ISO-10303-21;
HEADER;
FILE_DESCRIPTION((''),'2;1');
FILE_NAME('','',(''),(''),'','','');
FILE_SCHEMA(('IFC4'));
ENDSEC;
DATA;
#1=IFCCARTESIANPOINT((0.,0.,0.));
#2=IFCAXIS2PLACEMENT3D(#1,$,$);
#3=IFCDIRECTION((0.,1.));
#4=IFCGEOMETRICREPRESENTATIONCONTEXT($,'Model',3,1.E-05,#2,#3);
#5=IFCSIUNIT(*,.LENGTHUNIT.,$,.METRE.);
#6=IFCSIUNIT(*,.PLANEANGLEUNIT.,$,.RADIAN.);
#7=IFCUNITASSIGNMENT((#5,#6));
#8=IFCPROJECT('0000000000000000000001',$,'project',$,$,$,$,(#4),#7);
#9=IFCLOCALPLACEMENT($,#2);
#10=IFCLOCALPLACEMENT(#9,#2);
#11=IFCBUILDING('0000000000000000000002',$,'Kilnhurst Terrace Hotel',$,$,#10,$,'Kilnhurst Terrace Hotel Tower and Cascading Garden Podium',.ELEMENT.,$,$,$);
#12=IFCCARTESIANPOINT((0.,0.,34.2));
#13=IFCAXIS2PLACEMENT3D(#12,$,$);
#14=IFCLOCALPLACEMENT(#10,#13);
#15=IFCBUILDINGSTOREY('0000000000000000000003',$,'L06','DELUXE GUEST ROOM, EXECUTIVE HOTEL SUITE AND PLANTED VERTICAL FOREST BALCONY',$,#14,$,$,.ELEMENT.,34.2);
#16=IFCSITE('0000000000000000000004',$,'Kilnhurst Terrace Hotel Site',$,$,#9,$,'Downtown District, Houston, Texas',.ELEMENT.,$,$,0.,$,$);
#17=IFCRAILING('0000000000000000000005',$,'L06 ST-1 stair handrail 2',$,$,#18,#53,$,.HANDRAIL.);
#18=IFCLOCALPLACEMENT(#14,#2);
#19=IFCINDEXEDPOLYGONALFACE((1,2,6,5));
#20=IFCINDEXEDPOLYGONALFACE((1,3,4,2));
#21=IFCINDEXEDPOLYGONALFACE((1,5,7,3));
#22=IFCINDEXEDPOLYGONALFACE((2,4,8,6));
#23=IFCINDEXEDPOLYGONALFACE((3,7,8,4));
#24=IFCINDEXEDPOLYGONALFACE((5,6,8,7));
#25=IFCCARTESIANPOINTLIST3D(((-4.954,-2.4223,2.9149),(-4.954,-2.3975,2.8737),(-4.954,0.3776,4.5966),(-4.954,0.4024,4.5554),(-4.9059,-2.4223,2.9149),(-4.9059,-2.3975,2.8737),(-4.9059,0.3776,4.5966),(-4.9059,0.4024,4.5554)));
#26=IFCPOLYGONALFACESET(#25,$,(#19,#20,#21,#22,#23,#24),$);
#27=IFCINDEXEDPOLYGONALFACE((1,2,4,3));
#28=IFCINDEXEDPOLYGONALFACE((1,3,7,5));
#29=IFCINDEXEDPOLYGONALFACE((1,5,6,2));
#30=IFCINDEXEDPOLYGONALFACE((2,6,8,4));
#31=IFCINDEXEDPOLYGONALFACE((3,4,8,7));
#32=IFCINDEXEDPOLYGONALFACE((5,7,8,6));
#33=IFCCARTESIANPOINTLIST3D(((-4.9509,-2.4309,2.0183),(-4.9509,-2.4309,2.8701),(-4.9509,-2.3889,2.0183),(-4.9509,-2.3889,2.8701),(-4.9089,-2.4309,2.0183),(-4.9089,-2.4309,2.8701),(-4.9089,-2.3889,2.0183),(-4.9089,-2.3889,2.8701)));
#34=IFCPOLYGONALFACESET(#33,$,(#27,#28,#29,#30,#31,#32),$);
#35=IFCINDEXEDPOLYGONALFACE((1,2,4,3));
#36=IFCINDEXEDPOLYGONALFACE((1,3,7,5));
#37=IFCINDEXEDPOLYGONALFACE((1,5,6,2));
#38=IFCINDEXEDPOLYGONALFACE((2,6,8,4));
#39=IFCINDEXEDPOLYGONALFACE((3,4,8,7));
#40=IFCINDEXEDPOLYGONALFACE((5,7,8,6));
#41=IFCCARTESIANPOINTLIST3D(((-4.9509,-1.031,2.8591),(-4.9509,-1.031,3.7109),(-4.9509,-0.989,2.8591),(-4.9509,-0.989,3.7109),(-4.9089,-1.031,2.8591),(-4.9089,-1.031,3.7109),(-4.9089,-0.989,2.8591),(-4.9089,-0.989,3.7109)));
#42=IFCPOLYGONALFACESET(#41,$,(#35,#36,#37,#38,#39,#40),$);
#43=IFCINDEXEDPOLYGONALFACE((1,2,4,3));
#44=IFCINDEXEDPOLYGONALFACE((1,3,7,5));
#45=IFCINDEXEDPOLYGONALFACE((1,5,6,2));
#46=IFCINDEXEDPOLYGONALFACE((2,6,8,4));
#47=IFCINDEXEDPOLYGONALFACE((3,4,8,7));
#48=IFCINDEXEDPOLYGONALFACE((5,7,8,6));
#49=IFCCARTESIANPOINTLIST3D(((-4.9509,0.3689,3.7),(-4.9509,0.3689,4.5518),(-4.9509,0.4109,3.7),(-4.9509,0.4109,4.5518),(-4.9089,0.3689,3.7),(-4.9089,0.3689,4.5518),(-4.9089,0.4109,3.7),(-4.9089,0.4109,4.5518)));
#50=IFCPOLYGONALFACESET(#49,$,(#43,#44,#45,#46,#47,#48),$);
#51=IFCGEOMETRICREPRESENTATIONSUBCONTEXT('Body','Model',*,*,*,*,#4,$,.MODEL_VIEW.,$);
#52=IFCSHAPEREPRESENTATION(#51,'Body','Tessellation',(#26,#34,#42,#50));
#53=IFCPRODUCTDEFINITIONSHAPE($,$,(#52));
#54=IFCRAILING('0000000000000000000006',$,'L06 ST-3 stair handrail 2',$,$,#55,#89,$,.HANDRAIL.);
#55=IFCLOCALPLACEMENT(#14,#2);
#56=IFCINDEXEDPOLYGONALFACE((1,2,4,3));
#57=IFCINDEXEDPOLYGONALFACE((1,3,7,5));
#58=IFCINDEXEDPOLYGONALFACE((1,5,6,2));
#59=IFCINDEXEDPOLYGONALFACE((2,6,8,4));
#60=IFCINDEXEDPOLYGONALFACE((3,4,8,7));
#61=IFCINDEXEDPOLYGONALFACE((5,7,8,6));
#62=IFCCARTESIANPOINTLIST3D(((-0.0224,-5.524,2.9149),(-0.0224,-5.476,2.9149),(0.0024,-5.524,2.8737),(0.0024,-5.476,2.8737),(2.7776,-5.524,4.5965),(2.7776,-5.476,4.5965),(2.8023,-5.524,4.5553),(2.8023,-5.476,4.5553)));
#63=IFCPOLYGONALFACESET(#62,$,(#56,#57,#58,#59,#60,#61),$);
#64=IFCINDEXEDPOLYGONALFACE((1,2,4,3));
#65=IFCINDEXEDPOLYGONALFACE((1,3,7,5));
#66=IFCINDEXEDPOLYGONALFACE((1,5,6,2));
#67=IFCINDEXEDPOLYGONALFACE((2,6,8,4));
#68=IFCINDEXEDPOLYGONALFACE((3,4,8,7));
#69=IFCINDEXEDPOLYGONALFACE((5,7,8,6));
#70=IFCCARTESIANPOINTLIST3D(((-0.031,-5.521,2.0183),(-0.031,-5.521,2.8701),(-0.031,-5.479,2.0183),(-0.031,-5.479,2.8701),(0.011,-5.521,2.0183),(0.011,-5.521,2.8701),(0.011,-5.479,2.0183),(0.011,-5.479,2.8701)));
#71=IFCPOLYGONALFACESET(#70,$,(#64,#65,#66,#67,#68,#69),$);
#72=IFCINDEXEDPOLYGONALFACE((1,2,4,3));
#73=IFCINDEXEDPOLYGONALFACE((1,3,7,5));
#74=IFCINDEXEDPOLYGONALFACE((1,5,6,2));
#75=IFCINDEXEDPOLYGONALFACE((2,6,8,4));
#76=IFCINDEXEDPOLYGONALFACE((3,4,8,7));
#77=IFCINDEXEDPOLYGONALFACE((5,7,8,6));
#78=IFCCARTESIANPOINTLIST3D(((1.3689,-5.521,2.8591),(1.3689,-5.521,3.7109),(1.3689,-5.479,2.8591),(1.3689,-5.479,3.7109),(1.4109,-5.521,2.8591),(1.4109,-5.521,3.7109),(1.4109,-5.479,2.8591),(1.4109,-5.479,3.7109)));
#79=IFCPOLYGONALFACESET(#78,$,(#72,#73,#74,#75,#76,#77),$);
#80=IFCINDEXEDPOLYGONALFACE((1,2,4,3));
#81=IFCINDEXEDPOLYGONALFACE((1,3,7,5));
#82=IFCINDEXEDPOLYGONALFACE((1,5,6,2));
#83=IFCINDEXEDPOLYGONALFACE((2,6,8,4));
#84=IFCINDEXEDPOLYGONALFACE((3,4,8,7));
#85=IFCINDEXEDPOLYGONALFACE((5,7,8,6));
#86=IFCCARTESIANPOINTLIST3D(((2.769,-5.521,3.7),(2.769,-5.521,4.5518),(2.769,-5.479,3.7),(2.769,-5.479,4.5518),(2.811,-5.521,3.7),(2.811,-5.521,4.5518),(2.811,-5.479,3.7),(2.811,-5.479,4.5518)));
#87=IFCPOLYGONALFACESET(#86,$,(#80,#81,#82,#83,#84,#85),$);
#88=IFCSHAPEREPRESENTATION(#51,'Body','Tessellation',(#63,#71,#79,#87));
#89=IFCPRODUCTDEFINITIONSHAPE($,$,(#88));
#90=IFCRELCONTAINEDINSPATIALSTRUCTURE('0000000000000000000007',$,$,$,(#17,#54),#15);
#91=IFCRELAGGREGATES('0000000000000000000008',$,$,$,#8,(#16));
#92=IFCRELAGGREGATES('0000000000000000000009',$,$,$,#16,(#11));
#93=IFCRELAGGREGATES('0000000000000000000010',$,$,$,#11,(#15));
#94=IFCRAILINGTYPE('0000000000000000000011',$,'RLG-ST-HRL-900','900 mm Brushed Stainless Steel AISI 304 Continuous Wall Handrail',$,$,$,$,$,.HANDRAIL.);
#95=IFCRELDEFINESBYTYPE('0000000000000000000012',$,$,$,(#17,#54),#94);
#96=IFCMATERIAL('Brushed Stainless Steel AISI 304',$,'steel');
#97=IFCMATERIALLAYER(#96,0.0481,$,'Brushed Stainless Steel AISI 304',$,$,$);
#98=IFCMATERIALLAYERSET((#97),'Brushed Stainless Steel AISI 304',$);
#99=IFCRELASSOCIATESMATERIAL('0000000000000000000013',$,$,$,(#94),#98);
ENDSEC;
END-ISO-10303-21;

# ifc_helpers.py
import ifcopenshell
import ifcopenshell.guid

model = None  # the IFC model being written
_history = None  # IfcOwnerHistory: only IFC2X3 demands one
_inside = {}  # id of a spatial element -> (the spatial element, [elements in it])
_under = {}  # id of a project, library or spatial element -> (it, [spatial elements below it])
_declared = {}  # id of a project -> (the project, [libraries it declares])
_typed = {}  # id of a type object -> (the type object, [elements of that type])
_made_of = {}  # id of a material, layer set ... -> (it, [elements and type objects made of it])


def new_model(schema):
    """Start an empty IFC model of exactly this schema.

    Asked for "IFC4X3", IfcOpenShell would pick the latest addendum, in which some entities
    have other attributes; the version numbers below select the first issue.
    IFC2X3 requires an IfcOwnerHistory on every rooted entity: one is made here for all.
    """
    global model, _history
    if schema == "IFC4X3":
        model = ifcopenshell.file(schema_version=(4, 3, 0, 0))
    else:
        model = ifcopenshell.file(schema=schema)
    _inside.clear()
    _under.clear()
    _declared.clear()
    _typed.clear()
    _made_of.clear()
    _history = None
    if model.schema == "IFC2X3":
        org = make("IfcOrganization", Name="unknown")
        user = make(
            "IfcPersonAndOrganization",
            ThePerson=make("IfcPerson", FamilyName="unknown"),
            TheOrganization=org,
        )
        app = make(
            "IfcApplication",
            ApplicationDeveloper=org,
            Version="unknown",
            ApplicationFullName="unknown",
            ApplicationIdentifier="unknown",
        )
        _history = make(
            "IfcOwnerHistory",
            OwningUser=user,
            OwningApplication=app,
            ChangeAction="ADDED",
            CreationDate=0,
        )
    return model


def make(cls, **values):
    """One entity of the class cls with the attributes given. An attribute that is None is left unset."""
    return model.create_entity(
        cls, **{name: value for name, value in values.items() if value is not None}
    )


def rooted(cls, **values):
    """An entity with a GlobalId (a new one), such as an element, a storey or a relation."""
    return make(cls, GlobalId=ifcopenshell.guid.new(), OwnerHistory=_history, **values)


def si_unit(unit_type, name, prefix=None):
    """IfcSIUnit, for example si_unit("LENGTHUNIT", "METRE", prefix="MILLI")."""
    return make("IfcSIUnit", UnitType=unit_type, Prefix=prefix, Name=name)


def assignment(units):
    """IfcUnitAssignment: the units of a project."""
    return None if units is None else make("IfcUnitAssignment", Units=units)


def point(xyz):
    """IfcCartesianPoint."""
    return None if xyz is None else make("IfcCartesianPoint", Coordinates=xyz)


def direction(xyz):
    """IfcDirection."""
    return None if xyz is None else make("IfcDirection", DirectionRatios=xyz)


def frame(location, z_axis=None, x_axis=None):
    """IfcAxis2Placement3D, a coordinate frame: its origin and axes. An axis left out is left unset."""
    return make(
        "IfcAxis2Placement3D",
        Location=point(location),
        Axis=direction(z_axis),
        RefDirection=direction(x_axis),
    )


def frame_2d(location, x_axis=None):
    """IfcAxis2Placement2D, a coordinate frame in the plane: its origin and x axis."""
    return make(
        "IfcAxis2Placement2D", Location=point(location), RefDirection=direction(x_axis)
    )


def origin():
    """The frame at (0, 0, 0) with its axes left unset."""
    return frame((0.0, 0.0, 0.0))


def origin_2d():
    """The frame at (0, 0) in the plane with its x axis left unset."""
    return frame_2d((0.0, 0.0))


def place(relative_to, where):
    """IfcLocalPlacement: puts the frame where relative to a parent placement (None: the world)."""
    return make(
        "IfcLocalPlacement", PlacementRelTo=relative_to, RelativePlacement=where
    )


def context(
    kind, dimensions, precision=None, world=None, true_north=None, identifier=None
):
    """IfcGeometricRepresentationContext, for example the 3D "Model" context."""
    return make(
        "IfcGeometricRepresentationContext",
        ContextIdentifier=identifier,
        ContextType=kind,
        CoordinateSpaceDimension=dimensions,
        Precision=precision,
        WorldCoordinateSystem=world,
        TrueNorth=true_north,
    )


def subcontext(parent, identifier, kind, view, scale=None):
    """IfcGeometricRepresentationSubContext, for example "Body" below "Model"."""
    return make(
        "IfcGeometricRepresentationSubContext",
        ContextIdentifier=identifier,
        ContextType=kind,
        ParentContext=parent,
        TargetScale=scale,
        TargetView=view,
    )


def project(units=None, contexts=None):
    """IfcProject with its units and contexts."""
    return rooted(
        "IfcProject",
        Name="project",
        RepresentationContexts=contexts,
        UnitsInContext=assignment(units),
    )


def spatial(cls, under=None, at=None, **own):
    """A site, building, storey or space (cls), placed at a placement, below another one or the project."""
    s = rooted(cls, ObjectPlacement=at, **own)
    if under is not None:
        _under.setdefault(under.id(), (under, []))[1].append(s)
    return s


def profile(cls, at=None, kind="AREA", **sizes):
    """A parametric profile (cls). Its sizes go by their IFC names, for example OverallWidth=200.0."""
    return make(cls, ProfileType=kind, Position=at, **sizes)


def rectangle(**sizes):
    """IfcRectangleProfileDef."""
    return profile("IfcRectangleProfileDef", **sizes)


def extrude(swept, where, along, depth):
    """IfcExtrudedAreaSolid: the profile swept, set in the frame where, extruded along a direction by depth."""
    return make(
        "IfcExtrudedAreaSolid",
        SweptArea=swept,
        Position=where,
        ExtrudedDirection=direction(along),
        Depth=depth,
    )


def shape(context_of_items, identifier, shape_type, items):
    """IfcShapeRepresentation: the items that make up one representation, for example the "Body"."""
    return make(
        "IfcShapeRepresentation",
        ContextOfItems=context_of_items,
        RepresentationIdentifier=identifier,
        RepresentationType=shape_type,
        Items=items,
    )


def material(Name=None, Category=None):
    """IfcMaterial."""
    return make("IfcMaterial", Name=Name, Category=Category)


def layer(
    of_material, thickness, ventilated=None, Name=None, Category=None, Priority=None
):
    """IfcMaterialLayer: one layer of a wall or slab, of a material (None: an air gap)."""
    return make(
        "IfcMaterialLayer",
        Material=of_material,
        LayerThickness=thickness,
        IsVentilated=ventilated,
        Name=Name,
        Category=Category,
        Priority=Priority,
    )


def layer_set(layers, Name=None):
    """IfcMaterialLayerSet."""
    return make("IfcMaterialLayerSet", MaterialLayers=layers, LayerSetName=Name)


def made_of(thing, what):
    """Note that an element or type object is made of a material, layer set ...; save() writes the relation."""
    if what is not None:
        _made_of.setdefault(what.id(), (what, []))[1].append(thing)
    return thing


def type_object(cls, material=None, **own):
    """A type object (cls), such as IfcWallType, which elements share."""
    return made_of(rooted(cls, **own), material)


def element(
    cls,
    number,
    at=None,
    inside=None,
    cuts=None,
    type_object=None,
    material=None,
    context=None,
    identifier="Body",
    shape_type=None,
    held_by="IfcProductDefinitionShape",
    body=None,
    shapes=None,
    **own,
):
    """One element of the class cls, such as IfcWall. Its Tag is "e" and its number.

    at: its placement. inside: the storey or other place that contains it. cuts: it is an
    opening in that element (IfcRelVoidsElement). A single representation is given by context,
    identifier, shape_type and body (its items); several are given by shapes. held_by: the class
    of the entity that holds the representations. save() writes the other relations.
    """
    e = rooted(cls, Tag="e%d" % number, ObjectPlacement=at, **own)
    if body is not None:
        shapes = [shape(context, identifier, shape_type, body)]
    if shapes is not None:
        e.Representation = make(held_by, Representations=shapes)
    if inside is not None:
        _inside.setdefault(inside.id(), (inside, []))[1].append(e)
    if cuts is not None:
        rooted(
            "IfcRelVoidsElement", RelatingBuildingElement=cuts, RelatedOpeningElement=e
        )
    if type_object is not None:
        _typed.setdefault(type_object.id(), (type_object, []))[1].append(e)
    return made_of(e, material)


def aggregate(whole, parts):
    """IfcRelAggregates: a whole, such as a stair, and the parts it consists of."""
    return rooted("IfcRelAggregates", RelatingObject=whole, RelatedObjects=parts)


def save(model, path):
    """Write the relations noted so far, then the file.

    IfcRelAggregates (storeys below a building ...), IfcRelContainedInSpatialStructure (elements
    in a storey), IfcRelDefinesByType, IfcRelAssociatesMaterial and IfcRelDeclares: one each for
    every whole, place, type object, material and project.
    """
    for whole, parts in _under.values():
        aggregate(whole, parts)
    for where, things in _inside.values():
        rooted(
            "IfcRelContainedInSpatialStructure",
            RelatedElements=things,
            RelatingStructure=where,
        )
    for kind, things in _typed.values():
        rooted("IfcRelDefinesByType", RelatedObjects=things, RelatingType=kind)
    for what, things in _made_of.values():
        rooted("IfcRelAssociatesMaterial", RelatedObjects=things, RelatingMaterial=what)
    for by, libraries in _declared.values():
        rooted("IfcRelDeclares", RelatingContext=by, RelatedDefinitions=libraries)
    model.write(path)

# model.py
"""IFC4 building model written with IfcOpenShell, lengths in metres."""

from ifc_helpers import new_model, si_unit, direction, frame, origin, origin_2d, place, context, subcontext, project, spatial, rectangle, extrude, material, layer, layer_set, type_object, element, save


model = new_model("IFC4")

# Units and contexts
model_context = context("Model", 3, precision=1e-05, world=origin(), true_north=direction((0.0, 1.0)))
body_context = subcontext(model_context, "Body", "Model", "MODEL_VIEW")
ifc_project = project(units=[si_unit("LENGTHUNIT", "METRE"), si_unit("PLANEANGLEUNIT", "RADIAN")], contexts=[model_context])

# Site, building, storey
site_placement = place(None, origin())
site = spatial("IfcSite", under=ifc_project, at=site_placement, Name="Kilnhurst Terrace Hotel Site", LongName="Downtown District, Houston, Texas", CompositionType="ELEMENT", RefElevation=0.0)
building_placement = place(site_placement, origin())
building = spatial("IfcBuilding", under=site, at=building_placement, Name="Kilnhurst Terrace Hotel", LongName="Kilnhurst Terrace Hotel Tower and Cascading Garden Podium", CompositionType="ELEMENT")
storey_placement = place(building_placement, frame((0.0, 0.0, 34.2)))
storey = spatial("IfcBuildingStorey", under=building, at=storey_placement, Name="L06", Description="DELUXE GUEST ROOM, EXECUTIVE HOTEL SUITE AND PLANTED VERTICAL FOREST BALCONY", CompositionType="ELEMENT", Elevation=34.2)

# Railings
ifc_material_1 = material(Name="Brushed Stainless Steel AISI 304", Category="steel")
ifc_layer_1 = layer(ifc_material_1, 0.0481, Name="Brushed Stainless Steel AISI 304")
ifc_layer_set_1 = layer_set([ifc_layer_1], Name="Brushed Stainless Steel AISI 304")
railing_type_1 = type_object("IfcRailingType", Name="RLG-ST-HRL-900", Description="900 mm Brushed Stainless Steel AISI 304 Continuous Wall Handrail", PredefinedType="HANDRAIL", material=ifc_layer_set_1)
railing_1_placement = place(storey_placement, frame((-4.9299, -2.4099, 2.0183)))
element("IfcRailing", 1, at=railing_1_placement, inside=storey, type_object=railing_type_1, Name="L06 ST-1 stair handrail 2", PredefinedType="HANDRAIL", context=body_context, shape_type="SweptSolid", body=[
    extrude(rectangle(XDim=0.0481, YDim=0.0481, at=origin_2d()), frame((0.0, 0.0, 0.876), z_axis=(0.0, 0.857255, 0.514891), x_axis=(-1.0, 0.0, 0.0)), (0.0, 0.0, 1.0), 3.2661),
    extrude(rectangle(XDim=0.042, YDim=0.042, at=origin_2d()), origin(), (0.0, 0.0, 1.0), 0.8518),
    extrude(rectangle(XDim=0.042, YDim=0.042, at=origin_2d()), frame((0.0, 1.3999, 0.8408)), (0.0, 0.0, 1.0), 0.8518),
    extrude(rectangle(XDim=0.042, YDim=0.042, at=origin_2d()), frame((0.0, 2.7998, 1.6816)), (0.0, 0.0, 1.0), 0.8518),
])
railing_2_placement = place(storey_placement, frame((-0.01, -5.5, 2.0183)))
element("IfcRailing", 2, at=railing_2_placement, inside=storey, type_object=railing_type_1, Name="L06 ST-3 stair handrail 2", PredefinedType="HANDRAIL", context=body_context, shape_type="SweptSolid", body=[
    extrude(rectangle(XDim=0.0481, YDim=0.0481, at=origin_2d()), frame((0.0, 0.0, 0.876), z_axis=(0.857275, 0.0, 0.514858), x_axis=(0.0, 1.0, 0.0)), (0.0, 0.0, 1.0), 3.2661),
    extrude(rectangle(XDim=0.042, YDim=0.042, at=origin_2d()), origin(), (0.0, 0.0, 1.0), 0.8518),
    extrude(rectangle(XDim=0.042, YDim=0.042, at=origin_2d()), frame((1.3999, 0.0, 0.8408)), (0.0, 0.0, 1.0), 0.8518),
    extrude(rectangle(XDim=0.042, YDim=0.042, at=origin_2d()), frame((2.8, 0.0, 1.6816)), (0.0, 0.0, 1.0), 0.8518),
])

save(model, "model.ifc")
